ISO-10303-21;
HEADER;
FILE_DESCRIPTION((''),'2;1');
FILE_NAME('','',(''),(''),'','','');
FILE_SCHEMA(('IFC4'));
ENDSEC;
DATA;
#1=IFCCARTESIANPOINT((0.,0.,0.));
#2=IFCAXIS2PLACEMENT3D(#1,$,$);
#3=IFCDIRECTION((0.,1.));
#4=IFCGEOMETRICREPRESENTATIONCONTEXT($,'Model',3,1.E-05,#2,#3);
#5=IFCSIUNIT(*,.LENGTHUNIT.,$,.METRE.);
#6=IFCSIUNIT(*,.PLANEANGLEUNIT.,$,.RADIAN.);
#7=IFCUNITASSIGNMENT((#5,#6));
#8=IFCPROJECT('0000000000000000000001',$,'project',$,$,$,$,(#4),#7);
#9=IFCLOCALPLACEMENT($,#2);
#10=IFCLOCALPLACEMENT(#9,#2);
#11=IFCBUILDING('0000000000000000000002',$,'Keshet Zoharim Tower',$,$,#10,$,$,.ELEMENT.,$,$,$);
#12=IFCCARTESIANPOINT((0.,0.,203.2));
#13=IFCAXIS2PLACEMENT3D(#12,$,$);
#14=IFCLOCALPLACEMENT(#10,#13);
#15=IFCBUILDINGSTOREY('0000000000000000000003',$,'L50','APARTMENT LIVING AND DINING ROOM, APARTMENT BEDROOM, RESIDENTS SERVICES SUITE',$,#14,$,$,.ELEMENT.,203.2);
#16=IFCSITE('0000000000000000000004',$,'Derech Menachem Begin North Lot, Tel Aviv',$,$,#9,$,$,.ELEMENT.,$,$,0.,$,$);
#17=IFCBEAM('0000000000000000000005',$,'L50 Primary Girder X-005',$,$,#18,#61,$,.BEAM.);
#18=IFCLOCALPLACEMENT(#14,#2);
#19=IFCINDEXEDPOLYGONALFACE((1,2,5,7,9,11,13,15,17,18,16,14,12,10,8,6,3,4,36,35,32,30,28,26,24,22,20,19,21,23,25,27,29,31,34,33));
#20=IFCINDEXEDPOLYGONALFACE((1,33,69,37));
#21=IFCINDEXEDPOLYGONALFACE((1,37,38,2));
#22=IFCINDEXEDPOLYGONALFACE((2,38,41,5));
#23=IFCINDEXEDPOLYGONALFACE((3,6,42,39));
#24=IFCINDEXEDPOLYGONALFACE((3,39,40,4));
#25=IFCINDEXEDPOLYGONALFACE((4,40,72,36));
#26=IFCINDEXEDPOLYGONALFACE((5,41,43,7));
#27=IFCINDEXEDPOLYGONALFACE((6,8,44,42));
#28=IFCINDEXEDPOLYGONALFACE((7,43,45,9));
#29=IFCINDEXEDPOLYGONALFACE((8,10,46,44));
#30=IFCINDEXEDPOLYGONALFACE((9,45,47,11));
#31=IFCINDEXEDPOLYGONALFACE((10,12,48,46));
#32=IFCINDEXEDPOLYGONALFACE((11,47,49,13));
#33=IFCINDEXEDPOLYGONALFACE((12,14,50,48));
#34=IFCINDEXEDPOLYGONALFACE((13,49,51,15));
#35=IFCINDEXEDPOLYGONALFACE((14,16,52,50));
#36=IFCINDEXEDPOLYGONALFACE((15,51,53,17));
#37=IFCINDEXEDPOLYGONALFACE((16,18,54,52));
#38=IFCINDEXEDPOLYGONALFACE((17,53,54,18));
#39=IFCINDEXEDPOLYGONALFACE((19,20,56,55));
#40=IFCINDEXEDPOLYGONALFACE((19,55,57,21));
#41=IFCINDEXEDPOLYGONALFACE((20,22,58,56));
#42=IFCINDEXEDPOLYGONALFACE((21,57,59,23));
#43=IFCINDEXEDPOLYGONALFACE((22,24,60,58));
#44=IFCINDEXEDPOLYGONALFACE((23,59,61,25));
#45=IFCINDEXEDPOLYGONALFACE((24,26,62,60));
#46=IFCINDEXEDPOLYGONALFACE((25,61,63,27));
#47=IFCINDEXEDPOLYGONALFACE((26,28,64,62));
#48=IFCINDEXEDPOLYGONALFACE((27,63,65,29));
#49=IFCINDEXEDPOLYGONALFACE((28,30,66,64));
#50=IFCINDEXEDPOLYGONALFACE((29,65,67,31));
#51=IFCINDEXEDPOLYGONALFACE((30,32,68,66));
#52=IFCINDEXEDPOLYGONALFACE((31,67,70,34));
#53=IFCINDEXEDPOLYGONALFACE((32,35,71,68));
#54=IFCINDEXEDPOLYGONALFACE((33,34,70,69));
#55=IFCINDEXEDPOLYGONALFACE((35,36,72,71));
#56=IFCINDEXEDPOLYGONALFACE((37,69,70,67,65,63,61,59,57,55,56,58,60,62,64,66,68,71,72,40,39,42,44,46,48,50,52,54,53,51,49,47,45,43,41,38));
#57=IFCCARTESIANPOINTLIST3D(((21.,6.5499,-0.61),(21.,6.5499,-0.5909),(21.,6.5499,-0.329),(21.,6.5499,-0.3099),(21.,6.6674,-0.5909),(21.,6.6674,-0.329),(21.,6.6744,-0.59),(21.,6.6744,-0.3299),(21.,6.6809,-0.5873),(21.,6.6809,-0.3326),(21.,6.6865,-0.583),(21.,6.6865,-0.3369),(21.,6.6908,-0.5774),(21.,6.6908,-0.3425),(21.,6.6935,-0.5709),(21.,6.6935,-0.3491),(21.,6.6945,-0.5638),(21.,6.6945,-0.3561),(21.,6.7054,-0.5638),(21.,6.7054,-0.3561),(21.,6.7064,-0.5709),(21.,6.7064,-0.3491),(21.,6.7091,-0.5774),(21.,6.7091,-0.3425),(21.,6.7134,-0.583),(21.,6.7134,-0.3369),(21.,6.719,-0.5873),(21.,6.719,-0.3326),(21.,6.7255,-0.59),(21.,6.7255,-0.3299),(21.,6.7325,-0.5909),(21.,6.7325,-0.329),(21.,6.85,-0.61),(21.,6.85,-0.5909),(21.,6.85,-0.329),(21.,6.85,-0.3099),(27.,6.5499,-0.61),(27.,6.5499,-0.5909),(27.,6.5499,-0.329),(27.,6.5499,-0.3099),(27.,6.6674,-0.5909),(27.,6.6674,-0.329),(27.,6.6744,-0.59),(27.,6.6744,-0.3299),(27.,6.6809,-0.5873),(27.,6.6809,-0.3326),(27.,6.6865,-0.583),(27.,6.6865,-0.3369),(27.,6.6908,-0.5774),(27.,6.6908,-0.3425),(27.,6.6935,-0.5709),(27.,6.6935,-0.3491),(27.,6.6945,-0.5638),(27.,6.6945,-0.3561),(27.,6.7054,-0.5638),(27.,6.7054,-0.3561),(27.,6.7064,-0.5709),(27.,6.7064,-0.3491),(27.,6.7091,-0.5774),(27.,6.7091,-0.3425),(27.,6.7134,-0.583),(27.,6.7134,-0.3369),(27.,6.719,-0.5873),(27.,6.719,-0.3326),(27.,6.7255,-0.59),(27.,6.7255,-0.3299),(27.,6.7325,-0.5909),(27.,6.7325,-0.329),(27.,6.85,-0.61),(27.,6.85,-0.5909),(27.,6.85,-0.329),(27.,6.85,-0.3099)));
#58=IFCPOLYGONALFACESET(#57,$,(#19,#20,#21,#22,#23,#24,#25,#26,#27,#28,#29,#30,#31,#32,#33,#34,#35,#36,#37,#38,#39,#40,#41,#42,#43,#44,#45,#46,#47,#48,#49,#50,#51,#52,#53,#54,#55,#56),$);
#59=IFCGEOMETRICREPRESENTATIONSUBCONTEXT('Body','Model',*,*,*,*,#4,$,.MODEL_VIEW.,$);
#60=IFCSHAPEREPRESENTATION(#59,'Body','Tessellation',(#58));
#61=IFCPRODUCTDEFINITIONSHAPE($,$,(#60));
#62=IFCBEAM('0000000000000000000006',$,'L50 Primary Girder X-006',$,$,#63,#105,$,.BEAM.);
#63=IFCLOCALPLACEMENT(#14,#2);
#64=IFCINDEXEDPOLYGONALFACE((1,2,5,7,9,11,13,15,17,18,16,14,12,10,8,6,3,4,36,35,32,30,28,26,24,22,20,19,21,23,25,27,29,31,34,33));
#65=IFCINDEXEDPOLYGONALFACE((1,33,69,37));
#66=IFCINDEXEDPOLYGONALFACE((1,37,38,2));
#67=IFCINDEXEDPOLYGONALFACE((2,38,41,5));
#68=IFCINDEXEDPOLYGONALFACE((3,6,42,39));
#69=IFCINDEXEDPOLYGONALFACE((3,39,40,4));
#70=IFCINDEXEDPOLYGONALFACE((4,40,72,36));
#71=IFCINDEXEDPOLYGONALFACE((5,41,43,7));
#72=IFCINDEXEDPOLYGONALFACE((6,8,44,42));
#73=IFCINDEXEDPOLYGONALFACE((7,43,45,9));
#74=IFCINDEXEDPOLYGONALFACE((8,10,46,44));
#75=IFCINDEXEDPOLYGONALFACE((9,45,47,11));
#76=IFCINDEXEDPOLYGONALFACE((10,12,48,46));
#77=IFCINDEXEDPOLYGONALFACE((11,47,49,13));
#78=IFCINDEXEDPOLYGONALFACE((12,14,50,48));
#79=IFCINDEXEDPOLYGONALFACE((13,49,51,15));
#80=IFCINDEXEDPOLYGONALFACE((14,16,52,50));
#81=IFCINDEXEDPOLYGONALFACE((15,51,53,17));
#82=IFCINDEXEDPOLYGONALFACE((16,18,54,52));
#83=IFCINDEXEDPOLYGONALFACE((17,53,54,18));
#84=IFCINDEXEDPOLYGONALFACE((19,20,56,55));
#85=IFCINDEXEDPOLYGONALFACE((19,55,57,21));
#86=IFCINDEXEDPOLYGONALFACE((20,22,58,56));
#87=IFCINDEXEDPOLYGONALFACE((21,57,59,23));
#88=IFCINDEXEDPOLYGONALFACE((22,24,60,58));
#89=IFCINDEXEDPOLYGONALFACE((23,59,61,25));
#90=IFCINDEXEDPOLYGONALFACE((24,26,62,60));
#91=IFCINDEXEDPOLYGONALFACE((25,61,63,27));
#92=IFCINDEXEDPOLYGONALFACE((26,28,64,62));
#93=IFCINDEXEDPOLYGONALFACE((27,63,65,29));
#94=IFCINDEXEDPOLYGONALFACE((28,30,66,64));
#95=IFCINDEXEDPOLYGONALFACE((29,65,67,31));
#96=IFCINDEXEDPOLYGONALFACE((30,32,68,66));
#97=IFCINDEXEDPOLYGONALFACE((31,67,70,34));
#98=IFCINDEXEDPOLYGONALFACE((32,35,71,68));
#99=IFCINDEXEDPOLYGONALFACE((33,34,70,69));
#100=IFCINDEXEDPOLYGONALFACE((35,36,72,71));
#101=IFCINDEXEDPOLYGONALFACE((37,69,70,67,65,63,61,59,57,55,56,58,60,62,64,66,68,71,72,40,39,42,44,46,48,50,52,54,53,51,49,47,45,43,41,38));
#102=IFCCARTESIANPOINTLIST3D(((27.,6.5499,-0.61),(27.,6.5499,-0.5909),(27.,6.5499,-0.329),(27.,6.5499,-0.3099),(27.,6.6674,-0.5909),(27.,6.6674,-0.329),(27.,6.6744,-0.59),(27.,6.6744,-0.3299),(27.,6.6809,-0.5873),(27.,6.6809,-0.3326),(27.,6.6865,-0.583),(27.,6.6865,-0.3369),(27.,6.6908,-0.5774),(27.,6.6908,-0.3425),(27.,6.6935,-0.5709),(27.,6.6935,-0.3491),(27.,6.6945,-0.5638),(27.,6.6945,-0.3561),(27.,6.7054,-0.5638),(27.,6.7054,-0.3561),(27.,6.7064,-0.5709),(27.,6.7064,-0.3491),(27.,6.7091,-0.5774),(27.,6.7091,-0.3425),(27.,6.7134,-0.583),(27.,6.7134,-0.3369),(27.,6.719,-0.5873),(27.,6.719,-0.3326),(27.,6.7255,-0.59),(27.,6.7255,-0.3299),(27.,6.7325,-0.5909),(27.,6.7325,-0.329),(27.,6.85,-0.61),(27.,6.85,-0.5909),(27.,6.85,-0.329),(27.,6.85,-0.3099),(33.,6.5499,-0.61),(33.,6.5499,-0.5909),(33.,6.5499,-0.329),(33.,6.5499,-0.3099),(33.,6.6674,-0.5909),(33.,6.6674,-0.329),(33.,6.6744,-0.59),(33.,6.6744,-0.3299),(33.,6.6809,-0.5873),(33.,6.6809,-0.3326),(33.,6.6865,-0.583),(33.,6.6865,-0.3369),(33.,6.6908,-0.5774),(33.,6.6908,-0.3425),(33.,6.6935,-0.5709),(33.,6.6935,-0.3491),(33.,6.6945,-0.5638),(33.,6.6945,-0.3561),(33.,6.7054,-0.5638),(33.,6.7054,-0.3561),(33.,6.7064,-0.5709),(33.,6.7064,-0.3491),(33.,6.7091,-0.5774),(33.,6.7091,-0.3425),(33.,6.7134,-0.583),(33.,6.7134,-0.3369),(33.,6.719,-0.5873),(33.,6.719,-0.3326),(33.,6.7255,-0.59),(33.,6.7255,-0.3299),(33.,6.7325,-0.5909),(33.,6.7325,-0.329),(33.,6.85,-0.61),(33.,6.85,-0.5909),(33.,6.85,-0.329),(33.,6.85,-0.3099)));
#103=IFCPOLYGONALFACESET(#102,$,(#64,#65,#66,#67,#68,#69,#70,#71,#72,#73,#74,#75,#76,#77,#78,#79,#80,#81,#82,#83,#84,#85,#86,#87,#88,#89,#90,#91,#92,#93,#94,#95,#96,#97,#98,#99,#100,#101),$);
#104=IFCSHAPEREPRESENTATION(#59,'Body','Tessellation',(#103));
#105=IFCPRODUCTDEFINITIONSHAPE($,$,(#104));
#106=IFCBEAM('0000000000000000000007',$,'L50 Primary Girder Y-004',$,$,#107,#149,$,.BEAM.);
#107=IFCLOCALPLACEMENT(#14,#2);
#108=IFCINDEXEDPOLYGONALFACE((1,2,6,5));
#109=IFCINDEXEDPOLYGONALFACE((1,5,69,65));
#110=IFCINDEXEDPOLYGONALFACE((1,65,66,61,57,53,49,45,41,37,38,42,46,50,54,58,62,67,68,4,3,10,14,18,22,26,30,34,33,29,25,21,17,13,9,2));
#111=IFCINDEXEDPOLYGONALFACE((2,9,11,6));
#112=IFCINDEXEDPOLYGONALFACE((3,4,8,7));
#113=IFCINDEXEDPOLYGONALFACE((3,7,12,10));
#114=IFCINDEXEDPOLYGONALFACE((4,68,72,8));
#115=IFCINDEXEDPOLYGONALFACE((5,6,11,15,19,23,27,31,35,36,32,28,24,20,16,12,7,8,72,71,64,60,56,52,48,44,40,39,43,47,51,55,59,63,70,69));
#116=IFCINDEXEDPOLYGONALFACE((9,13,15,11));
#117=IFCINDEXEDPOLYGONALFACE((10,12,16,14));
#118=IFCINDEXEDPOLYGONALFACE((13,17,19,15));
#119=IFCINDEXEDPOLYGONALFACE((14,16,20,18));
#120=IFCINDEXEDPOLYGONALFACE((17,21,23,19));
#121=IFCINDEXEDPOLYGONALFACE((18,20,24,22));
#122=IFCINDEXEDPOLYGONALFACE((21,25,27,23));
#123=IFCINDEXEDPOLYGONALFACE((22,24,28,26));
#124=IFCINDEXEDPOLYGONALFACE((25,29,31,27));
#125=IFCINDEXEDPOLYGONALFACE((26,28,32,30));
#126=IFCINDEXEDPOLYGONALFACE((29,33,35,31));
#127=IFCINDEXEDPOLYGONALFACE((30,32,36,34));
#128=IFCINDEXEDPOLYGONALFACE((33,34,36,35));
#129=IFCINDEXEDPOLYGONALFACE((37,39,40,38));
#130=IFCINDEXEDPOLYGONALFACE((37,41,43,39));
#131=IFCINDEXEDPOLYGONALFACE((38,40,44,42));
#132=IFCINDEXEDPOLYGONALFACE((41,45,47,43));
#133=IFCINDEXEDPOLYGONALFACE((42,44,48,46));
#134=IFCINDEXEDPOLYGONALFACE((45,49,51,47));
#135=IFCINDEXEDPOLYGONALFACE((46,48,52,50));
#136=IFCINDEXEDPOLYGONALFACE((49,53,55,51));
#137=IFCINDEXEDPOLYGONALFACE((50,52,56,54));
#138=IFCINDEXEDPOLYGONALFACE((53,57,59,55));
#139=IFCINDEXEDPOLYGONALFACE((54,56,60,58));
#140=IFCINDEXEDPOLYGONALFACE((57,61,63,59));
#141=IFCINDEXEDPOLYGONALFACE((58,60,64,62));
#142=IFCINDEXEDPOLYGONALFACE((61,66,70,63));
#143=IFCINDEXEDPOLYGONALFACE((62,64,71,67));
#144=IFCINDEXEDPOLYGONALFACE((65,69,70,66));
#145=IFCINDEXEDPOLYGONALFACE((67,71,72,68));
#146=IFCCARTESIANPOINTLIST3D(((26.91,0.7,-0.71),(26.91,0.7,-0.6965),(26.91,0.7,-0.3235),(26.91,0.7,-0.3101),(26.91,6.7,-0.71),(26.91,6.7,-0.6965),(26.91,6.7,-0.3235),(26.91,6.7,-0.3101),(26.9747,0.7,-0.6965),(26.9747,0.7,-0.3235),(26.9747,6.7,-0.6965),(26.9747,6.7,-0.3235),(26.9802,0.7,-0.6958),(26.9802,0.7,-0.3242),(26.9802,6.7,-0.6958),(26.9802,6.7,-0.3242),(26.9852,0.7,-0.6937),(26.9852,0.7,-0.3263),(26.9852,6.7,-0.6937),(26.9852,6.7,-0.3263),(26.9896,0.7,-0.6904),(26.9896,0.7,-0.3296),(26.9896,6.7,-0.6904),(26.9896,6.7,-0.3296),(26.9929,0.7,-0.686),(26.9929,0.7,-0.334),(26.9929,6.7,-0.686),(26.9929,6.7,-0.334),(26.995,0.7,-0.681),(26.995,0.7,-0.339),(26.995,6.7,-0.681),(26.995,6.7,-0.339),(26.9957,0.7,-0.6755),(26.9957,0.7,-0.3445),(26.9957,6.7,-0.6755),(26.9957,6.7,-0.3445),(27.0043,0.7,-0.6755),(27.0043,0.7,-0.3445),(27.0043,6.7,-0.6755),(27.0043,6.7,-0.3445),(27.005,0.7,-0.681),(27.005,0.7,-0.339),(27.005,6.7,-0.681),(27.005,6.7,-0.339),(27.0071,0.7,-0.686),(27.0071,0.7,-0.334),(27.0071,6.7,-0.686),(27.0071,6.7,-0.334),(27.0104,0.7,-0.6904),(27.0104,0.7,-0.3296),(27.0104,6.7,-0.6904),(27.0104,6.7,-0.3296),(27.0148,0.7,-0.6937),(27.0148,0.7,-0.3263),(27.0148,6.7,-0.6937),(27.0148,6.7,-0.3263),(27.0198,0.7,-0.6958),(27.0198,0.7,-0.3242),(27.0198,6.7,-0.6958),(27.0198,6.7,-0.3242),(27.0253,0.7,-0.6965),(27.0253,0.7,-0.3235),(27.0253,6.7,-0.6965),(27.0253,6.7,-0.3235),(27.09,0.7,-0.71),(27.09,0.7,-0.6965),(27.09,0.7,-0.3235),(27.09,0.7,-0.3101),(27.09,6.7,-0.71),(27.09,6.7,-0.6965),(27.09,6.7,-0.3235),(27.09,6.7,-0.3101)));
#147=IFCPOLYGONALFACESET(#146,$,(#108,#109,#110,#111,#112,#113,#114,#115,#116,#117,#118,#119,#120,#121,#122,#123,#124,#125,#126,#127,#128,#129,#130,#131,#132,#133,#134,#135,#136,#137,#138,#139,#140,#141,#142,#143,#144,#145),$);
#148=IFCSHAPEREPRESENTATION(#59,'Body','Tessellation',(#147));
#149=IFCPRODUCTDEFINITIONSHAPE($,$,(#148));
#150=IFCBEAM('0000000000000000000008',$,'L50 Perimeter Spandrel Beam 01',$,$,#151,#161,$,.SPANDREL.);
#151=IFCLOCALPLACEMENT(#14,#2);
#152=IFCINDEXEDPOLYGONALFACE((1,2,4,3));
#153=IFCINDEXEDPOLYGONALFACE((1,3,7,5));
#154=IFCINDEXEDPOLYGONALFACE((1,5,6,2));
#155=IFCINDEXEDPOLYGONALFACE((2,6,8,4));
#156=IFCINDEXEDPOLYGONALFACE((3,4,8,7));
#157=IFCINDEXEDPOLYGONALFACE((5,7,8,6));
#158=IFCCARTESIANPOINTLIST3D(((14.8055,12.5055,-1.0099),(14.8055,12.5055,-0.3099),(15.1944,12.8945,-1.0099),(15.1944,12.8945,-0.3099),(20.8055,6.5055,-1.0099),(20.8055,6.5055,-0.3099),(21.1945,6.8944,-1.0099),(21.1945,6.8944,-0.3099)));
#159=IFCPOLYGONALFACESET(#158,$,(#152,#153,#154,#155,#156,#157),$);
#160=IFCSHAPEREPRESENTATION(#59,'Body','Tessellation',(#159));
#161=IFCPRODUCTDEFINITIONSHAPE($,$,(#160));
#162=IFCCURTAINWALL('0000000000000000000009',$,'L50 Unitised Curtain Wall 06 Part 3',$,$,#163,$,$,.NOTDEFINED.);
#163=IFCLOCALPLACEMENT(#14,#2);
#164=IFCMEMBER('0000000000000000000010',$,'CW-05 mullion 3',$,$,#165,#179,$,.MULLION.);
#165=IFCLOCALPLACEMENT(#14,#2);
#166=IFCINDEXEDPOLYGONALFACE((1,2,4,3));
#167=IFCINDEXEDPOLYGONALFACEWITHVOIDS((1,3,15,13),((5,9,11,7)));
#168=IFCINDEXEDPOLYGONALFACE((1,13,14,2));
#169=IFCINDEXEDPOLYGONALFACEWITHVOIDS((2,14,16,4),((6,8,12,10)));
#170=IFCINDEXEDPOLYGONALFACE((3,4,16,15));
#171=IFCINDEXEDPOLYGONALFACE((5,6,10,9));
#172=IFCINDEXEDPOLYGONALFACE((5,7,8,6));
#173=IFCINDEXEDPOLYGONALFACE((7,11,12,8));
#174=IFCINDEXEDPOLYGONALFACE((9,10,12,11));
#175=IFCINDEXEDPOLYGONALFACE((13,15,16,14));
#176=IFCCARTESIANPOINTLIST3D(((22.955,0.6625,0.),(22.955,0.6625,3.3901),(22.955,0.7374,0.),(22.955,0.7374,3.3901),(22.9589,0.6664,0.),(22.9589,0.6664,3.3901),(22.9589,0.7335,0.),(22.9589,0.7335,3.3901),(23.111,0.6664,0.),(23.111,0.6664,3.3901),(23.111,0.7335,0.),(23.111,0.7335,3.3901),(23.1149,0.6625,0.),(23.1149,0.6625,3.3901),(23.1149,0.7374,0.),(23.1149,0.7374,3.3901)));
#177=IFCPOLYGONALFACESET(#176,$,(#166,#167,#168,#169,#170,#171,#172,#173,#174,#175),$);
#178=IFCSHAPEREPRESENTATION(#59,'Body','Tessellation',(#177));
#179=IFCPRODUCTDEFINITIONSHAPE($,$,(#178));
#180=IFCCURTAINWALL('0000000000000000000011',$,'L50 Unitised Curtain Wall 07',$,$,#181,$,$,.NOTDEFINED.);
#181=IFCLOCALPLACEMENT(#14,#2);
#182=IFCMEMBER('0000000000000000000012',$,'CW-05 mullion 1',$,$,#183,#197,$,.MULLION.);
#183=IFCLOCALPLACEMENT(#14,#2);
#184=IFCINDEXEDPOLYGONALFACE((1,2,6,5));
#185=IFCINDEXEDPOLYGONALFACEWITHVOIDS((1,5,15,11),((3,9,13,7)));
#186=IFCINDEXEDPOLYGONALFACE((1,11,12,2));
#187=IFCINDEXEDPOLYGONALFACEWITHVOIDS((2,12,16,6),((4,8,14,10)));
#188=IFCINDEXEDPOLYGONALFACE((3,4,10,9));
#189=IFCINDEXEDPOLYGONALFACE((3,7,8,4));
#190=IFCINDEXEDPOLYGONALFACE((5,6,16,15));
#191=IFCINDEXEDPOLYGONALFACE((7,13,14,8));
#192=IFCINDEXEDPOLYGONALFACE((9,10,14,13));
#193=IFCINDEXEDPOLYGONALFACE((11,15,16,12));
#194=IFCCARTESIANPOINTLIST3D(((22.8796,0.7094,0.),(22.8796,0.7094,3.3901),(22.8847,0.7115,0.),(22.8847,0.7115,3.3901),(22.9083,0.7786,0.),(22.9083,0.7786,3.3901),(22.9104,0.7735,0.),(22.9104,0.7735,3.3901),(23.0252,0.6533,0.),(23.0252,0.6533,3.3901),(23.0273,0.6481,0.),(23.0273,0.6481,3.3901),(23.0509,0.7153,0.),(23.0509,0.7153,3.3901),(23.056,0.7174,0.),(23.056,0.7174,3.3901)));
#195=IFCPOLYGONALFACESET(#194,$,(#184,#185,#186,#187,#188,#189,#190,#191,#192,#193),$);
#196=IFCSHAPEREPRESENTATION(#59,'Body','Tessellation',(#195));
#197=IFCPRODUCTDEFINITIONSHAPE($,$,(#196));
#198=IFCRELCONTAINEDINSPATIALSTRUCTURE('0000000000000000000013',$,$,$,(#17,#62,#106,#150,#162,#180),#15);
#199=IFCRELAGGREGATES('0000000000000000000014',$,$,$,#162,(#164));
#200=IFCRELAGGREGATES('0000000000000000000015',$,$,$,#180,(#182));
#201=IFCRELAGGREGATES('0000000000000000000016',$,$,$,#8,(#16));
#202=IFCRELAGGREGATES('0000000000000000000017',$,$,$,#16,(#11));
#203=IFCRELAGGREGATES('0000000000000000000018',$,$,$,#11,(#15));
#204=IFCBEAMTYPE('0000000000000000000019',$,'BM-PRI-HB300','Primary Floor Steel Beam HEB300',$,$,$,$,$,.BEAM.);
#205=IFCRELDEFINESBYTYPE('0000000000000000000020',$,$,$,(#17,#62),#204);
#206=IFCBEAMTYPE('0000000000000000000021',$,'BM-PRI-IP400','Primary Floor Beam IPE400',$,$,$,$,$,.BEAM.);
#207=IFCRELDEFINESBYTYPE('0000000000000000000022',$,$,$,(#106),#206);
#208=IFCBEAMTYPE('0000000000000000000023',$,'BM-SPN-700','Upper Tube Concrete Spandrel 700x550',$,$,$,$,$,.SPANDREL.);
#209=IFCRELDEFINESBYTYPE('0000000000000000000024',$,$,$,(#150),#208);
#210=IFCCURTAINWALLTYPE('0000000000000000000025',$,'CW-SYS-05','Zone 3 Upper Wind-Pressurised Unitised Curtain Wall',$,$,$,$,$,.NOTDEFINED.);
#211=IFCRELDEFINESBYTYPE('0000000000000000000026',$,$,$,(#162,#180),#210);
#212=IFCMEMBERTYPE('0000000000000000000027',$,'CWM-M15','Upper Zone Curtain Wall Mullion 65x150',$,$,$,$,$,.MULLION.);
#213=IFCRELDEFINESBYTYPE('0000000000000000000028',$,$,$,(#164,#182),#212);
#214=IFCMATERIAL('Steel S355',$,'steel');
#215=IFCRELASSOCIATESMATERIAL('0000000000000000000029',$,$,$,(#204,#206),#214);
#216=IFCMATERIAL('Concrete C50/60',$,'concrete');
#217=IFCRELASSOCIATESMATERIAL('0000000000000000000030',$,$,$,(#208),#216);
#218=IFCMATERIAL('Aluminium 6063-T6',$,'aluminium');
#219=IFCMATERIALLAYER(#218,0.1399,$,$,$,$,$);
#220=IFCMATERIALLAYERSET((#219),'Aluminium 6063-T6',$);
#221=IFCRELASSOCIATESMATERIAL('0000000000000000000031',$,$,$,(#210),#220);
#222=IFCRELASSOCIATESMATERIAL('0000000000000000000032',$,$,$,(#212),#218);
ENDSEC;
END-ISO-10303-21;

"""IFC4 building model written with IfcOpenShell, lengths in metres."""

from ifc_helpers import new_model, si_unit, direction, frame, origin, origin_2d, place, context, subcontext, project, spatial, rectangle, hollow_rectangle, i_section, extrude, material, layer, layer_set, material_profile, profile_set, type_object, element, aggregate, save


model = new_model("IFC4")

# Units and contexts
model_context = context("Model", 3, precision=1e-05, world=origin(), true_north=direction((0.0, 1.0)))
body_context = subcontext(model_context, "Body", "Model", "MODEL_VIEW")
ifc_project = project(units=[si_unit("LENGTHUNIT", "METRE"), si_unit("PLANEANGLEUNIT", "RADIAN")], contexts=[model_context])

# Site, building, storey
site_placement = place(None, origin())
site = spatial("IfcSite", under=ifc_project, at=site_placement, Name="Derech Menachem Begin North Lot, Tel Aviv", CompositionType="ELEMENT", RefElevation=0.0)
building_placement = place(site_placement, origin())
building = spatial("IfcBuilding", under=site, at=building_placement, Name="Keshet Zoharim Tower", CompositionType="ELEMENT")
storey_placement = place(building_placement, frame((0.0, 0.0, 203.2)))
storey = spatial("IfcBuildingStorey", under=building, at=storey_placement, Name="L50", Description="APARTMENT LIVING AND DINING ROOM, APARTMENT BEDROOM, RESIDENTS SERVICES SUITE", CompositionType="ELEMENT", Elevation=203.2)

# Shared definitions
ifc_material_1 = material(Name="Steel S355", Category="steel")

# Beams
ifc_material_profile_1 = material_profile(ifc_material_1, i_section(OverallWidth=0.3, OverallDepth=0.3, WebThickness=0.011, FlangeThickness=0.019, FilletRadius=0.0271, at=origin_2d()), Name="HEB300")
ifc_profile_set_1 = profile_set([ifc_material_profile_1], Name="Steel S355")
beam_type_1 = type_object("IfcBeamType", Name="BM-PRI-HB300", Description="Primary Floor Steel Beam HEB300", PredefinedType="BEAM", material=ifc_profile_set_1)
for number, where, z_axis, x_axis, name in (
    (1, (21.0, 6.7, -0.46), (1.0, 0.0, 0.0), (0.0, 1.0, 0.0), "L50 Primary Girder X-005"),
    (2, (27.0, 6.7, -0.46), (1.0, 0.0, 0.0), (0.0, 1.0, 0.0), "L50 Primary Girder X-006"),
):
    element("IfcBeam", number, at=place(storey_placement, frame(where, z_axis=z_axis, x_axis=x_axis)), inside=storey, type_object=beam_type_1, Name=name, PredefinedType="BEAM", context=body_context, shape_type="SweptSolid", body=[
        extrude(i_section(OverallWidth=0.3, OverallDepth=0.3, WebThickness=0.011, FlangeThickness=0.019, FilletRadius=0.0271, at=origin_2d()), origin(), (0.0, 0.0, 1.0), 6.0),
    ])
ifc_material_profile_2 = material_profile(ifc_material_1, i_section(OverallWidth=0.1799, OverallDepth=0.3999, WebThickness=0.0085, FlangeThickness=0.0134, FilletRadius=0.021, at=origin_2d()), Name="IPE400")
ifc_profile_set_2 = profile_set([ifc_material_profile_2], Name="Steel S355")
beam_type_2 = type_object("IfcBeamType", Name="BM-PRI-IP400", Description="Primary Floor Beam IPE400", PredefinedType="BEAM", material=ifc_profile_set_2)
beam_1_placement = place(storey_placement, frame((27.0, 0.7, -0.51), z_axis=(0.0, 1.0, 0.0), x_axis=(-1.0, 0.0, 0.0)))
element("IfcBeam", 3, at=beam_1_placement, inside=storey, type_object=beam_type_2, Name="L50 Primary Girder Y-004", PredefinedType="BEAM", context=body_context, shape_type="SweptSolid", body=[
    extrude(i_section(OverallWidth=0.1799, OverallDepth=0.3999, WebThickness=0.0085, FlangeThickness=0.0134, FilletRadius=0.021, at=origin_2d()), origin(), (0.0, 0.0, 1.0), 6.0),
])
ifc_material_2 = material(Name="Concrete C50/60", Category="concrete")
ifc_material_profile_3 = material_profile(ifc_material_2, rectangle(XDim=0.55, YDim=0.7, at=origin_2d()), Name="RC700x550")
ifc_profile_set_3 = profile_set([ifc_material_profile_3], Name="Concrete C50/60")
beam_type_3 = type_object("IfcBeamType", Name="BM-SPN-700", Description="Upper Tube Concrete Spandrel 700x550", PredefinedType="SPANDREL", material=ifc_profile_set_3)
beam_2_placement = place(storey_placement, frame((21.0, 6.7, -0.6599), z_axis=(-0.707107, 0.707107, 0.0), x_axis=(-0.707107, -0.707107, 0.0)))
element("IfcBeam", 4, at=beam_2_placement, inside=storey, type_object=beam_type_3, Name="L50 Perimeter Spandrel Beam 01", PredefinedType="SPANDREL", context=body_context, shape_type="SweptSolid", body=[
    extrude(rectangle(XDim=0.55, YDim=0.7, at=origin_2d()), origin(), (0.0, 0.0, 1.0), 8.4854),
])

# Curtain wall, member
ifc_material_3 = material(Name="Aluminium 6063-T6", Category="aluminium")
ifc_layer_1 = layer(ifc_material_3, 0.1399)
ifc_layer_set_1 = layer_set([ifc_layer_1], Name="Aluminium 6063-T6")
curtain_wall_type = type_object("IfcCurtainWallType", Name="CW-SYS-05", Description="Zone 3 Upper Wind-Pressurised Unitised Curtain Wall", PredefinedType="NOTDEFINED", material=ifc_layer_set_1)
curtain_wall_1_placement = place(storey_placement, origin())
curtain_wall_1 = element("IfcCurtainWall", 5, at=curtain_wall_1_placement, inside=storey, type_object=curtain_wall_type, Name="L50 Unitised Curtain Wall 06 Part 3", PredefinedType="NOTDEFINED")
ifc_material_profile_4 = material_profile(ifc_material_3, hollow_rectangle(XDim=0.075, YDim=0.1599, WallThickness=0.0039, at=origin_2d()), Name="MUL-75x160")
ifc_profile_set_4 = profile_set([ifc_material_profile_4], Name="Aluminium 6063-T6")
member_type_1 = type_object("IfcMemberType", Name="CWM-M15", Description="Upper Zone Curtain Wall Mullion 65x150", PredefinedType="MULLION", material=ifc_profile_set_4)
member_1_placement = place(storey_placement, frame((23.0349, 0.7, 0.0), z_axis=(0.0, 0.0, 1.0), x_axis=(0.0, -1.0, 0.0)))
member_1 = element("IfcMember", 6, at=member_1_placement, type_object=member_type_1, Name="CW-05 mullion 3", PredefinedType="MULLION", context=body_context, shape_type="SweptSolid", body=[
    extrude(hollow_rectangle(XDim=0.075, YDim=0.1599, WallThickness=0.0039, at=origin_2d()), origin(), (0.0, 0.0, 1.0), 3.3901),
])
aggregate(curtain_wall_1, [member_1])

# Curtain wall, member
curtain_wall_2_placement = place(storey_placement, origin())
curtain_wall_2 = element("IfcCurtainWall", 7, at=curtain_wall_2_placement, inside=storey, type_object=curtain_wall_type, Name="L50 Unitised Curtain Wall 07", PredefinedType="NOTDEFINED")
member_2_placement = place(storey_placement, frame((22.9678, 0.7134, 0.0), z_axis=(0.0, 0.0, 1.0), x_axis=(-0.382852, -0.92381, 0.0)))
member_2 = element("IfcMember", 8, at=member_2_placement, type_object=member_type_1, Name="CW-05 mullion 1", PredefinedType="MULLION", context=body_context, shape_type="SweptSolid", body=[
    extrude(hollow_rectangle(XDim=0.075, YDim=0.1599, WallThickness=0.0039, at=origin_2d()), origin(), (0.0, 0.0, 1.0), 3.3901),
])

aggregate(curtain_wall_2, [member_2])

save(model, "model.ifc")
